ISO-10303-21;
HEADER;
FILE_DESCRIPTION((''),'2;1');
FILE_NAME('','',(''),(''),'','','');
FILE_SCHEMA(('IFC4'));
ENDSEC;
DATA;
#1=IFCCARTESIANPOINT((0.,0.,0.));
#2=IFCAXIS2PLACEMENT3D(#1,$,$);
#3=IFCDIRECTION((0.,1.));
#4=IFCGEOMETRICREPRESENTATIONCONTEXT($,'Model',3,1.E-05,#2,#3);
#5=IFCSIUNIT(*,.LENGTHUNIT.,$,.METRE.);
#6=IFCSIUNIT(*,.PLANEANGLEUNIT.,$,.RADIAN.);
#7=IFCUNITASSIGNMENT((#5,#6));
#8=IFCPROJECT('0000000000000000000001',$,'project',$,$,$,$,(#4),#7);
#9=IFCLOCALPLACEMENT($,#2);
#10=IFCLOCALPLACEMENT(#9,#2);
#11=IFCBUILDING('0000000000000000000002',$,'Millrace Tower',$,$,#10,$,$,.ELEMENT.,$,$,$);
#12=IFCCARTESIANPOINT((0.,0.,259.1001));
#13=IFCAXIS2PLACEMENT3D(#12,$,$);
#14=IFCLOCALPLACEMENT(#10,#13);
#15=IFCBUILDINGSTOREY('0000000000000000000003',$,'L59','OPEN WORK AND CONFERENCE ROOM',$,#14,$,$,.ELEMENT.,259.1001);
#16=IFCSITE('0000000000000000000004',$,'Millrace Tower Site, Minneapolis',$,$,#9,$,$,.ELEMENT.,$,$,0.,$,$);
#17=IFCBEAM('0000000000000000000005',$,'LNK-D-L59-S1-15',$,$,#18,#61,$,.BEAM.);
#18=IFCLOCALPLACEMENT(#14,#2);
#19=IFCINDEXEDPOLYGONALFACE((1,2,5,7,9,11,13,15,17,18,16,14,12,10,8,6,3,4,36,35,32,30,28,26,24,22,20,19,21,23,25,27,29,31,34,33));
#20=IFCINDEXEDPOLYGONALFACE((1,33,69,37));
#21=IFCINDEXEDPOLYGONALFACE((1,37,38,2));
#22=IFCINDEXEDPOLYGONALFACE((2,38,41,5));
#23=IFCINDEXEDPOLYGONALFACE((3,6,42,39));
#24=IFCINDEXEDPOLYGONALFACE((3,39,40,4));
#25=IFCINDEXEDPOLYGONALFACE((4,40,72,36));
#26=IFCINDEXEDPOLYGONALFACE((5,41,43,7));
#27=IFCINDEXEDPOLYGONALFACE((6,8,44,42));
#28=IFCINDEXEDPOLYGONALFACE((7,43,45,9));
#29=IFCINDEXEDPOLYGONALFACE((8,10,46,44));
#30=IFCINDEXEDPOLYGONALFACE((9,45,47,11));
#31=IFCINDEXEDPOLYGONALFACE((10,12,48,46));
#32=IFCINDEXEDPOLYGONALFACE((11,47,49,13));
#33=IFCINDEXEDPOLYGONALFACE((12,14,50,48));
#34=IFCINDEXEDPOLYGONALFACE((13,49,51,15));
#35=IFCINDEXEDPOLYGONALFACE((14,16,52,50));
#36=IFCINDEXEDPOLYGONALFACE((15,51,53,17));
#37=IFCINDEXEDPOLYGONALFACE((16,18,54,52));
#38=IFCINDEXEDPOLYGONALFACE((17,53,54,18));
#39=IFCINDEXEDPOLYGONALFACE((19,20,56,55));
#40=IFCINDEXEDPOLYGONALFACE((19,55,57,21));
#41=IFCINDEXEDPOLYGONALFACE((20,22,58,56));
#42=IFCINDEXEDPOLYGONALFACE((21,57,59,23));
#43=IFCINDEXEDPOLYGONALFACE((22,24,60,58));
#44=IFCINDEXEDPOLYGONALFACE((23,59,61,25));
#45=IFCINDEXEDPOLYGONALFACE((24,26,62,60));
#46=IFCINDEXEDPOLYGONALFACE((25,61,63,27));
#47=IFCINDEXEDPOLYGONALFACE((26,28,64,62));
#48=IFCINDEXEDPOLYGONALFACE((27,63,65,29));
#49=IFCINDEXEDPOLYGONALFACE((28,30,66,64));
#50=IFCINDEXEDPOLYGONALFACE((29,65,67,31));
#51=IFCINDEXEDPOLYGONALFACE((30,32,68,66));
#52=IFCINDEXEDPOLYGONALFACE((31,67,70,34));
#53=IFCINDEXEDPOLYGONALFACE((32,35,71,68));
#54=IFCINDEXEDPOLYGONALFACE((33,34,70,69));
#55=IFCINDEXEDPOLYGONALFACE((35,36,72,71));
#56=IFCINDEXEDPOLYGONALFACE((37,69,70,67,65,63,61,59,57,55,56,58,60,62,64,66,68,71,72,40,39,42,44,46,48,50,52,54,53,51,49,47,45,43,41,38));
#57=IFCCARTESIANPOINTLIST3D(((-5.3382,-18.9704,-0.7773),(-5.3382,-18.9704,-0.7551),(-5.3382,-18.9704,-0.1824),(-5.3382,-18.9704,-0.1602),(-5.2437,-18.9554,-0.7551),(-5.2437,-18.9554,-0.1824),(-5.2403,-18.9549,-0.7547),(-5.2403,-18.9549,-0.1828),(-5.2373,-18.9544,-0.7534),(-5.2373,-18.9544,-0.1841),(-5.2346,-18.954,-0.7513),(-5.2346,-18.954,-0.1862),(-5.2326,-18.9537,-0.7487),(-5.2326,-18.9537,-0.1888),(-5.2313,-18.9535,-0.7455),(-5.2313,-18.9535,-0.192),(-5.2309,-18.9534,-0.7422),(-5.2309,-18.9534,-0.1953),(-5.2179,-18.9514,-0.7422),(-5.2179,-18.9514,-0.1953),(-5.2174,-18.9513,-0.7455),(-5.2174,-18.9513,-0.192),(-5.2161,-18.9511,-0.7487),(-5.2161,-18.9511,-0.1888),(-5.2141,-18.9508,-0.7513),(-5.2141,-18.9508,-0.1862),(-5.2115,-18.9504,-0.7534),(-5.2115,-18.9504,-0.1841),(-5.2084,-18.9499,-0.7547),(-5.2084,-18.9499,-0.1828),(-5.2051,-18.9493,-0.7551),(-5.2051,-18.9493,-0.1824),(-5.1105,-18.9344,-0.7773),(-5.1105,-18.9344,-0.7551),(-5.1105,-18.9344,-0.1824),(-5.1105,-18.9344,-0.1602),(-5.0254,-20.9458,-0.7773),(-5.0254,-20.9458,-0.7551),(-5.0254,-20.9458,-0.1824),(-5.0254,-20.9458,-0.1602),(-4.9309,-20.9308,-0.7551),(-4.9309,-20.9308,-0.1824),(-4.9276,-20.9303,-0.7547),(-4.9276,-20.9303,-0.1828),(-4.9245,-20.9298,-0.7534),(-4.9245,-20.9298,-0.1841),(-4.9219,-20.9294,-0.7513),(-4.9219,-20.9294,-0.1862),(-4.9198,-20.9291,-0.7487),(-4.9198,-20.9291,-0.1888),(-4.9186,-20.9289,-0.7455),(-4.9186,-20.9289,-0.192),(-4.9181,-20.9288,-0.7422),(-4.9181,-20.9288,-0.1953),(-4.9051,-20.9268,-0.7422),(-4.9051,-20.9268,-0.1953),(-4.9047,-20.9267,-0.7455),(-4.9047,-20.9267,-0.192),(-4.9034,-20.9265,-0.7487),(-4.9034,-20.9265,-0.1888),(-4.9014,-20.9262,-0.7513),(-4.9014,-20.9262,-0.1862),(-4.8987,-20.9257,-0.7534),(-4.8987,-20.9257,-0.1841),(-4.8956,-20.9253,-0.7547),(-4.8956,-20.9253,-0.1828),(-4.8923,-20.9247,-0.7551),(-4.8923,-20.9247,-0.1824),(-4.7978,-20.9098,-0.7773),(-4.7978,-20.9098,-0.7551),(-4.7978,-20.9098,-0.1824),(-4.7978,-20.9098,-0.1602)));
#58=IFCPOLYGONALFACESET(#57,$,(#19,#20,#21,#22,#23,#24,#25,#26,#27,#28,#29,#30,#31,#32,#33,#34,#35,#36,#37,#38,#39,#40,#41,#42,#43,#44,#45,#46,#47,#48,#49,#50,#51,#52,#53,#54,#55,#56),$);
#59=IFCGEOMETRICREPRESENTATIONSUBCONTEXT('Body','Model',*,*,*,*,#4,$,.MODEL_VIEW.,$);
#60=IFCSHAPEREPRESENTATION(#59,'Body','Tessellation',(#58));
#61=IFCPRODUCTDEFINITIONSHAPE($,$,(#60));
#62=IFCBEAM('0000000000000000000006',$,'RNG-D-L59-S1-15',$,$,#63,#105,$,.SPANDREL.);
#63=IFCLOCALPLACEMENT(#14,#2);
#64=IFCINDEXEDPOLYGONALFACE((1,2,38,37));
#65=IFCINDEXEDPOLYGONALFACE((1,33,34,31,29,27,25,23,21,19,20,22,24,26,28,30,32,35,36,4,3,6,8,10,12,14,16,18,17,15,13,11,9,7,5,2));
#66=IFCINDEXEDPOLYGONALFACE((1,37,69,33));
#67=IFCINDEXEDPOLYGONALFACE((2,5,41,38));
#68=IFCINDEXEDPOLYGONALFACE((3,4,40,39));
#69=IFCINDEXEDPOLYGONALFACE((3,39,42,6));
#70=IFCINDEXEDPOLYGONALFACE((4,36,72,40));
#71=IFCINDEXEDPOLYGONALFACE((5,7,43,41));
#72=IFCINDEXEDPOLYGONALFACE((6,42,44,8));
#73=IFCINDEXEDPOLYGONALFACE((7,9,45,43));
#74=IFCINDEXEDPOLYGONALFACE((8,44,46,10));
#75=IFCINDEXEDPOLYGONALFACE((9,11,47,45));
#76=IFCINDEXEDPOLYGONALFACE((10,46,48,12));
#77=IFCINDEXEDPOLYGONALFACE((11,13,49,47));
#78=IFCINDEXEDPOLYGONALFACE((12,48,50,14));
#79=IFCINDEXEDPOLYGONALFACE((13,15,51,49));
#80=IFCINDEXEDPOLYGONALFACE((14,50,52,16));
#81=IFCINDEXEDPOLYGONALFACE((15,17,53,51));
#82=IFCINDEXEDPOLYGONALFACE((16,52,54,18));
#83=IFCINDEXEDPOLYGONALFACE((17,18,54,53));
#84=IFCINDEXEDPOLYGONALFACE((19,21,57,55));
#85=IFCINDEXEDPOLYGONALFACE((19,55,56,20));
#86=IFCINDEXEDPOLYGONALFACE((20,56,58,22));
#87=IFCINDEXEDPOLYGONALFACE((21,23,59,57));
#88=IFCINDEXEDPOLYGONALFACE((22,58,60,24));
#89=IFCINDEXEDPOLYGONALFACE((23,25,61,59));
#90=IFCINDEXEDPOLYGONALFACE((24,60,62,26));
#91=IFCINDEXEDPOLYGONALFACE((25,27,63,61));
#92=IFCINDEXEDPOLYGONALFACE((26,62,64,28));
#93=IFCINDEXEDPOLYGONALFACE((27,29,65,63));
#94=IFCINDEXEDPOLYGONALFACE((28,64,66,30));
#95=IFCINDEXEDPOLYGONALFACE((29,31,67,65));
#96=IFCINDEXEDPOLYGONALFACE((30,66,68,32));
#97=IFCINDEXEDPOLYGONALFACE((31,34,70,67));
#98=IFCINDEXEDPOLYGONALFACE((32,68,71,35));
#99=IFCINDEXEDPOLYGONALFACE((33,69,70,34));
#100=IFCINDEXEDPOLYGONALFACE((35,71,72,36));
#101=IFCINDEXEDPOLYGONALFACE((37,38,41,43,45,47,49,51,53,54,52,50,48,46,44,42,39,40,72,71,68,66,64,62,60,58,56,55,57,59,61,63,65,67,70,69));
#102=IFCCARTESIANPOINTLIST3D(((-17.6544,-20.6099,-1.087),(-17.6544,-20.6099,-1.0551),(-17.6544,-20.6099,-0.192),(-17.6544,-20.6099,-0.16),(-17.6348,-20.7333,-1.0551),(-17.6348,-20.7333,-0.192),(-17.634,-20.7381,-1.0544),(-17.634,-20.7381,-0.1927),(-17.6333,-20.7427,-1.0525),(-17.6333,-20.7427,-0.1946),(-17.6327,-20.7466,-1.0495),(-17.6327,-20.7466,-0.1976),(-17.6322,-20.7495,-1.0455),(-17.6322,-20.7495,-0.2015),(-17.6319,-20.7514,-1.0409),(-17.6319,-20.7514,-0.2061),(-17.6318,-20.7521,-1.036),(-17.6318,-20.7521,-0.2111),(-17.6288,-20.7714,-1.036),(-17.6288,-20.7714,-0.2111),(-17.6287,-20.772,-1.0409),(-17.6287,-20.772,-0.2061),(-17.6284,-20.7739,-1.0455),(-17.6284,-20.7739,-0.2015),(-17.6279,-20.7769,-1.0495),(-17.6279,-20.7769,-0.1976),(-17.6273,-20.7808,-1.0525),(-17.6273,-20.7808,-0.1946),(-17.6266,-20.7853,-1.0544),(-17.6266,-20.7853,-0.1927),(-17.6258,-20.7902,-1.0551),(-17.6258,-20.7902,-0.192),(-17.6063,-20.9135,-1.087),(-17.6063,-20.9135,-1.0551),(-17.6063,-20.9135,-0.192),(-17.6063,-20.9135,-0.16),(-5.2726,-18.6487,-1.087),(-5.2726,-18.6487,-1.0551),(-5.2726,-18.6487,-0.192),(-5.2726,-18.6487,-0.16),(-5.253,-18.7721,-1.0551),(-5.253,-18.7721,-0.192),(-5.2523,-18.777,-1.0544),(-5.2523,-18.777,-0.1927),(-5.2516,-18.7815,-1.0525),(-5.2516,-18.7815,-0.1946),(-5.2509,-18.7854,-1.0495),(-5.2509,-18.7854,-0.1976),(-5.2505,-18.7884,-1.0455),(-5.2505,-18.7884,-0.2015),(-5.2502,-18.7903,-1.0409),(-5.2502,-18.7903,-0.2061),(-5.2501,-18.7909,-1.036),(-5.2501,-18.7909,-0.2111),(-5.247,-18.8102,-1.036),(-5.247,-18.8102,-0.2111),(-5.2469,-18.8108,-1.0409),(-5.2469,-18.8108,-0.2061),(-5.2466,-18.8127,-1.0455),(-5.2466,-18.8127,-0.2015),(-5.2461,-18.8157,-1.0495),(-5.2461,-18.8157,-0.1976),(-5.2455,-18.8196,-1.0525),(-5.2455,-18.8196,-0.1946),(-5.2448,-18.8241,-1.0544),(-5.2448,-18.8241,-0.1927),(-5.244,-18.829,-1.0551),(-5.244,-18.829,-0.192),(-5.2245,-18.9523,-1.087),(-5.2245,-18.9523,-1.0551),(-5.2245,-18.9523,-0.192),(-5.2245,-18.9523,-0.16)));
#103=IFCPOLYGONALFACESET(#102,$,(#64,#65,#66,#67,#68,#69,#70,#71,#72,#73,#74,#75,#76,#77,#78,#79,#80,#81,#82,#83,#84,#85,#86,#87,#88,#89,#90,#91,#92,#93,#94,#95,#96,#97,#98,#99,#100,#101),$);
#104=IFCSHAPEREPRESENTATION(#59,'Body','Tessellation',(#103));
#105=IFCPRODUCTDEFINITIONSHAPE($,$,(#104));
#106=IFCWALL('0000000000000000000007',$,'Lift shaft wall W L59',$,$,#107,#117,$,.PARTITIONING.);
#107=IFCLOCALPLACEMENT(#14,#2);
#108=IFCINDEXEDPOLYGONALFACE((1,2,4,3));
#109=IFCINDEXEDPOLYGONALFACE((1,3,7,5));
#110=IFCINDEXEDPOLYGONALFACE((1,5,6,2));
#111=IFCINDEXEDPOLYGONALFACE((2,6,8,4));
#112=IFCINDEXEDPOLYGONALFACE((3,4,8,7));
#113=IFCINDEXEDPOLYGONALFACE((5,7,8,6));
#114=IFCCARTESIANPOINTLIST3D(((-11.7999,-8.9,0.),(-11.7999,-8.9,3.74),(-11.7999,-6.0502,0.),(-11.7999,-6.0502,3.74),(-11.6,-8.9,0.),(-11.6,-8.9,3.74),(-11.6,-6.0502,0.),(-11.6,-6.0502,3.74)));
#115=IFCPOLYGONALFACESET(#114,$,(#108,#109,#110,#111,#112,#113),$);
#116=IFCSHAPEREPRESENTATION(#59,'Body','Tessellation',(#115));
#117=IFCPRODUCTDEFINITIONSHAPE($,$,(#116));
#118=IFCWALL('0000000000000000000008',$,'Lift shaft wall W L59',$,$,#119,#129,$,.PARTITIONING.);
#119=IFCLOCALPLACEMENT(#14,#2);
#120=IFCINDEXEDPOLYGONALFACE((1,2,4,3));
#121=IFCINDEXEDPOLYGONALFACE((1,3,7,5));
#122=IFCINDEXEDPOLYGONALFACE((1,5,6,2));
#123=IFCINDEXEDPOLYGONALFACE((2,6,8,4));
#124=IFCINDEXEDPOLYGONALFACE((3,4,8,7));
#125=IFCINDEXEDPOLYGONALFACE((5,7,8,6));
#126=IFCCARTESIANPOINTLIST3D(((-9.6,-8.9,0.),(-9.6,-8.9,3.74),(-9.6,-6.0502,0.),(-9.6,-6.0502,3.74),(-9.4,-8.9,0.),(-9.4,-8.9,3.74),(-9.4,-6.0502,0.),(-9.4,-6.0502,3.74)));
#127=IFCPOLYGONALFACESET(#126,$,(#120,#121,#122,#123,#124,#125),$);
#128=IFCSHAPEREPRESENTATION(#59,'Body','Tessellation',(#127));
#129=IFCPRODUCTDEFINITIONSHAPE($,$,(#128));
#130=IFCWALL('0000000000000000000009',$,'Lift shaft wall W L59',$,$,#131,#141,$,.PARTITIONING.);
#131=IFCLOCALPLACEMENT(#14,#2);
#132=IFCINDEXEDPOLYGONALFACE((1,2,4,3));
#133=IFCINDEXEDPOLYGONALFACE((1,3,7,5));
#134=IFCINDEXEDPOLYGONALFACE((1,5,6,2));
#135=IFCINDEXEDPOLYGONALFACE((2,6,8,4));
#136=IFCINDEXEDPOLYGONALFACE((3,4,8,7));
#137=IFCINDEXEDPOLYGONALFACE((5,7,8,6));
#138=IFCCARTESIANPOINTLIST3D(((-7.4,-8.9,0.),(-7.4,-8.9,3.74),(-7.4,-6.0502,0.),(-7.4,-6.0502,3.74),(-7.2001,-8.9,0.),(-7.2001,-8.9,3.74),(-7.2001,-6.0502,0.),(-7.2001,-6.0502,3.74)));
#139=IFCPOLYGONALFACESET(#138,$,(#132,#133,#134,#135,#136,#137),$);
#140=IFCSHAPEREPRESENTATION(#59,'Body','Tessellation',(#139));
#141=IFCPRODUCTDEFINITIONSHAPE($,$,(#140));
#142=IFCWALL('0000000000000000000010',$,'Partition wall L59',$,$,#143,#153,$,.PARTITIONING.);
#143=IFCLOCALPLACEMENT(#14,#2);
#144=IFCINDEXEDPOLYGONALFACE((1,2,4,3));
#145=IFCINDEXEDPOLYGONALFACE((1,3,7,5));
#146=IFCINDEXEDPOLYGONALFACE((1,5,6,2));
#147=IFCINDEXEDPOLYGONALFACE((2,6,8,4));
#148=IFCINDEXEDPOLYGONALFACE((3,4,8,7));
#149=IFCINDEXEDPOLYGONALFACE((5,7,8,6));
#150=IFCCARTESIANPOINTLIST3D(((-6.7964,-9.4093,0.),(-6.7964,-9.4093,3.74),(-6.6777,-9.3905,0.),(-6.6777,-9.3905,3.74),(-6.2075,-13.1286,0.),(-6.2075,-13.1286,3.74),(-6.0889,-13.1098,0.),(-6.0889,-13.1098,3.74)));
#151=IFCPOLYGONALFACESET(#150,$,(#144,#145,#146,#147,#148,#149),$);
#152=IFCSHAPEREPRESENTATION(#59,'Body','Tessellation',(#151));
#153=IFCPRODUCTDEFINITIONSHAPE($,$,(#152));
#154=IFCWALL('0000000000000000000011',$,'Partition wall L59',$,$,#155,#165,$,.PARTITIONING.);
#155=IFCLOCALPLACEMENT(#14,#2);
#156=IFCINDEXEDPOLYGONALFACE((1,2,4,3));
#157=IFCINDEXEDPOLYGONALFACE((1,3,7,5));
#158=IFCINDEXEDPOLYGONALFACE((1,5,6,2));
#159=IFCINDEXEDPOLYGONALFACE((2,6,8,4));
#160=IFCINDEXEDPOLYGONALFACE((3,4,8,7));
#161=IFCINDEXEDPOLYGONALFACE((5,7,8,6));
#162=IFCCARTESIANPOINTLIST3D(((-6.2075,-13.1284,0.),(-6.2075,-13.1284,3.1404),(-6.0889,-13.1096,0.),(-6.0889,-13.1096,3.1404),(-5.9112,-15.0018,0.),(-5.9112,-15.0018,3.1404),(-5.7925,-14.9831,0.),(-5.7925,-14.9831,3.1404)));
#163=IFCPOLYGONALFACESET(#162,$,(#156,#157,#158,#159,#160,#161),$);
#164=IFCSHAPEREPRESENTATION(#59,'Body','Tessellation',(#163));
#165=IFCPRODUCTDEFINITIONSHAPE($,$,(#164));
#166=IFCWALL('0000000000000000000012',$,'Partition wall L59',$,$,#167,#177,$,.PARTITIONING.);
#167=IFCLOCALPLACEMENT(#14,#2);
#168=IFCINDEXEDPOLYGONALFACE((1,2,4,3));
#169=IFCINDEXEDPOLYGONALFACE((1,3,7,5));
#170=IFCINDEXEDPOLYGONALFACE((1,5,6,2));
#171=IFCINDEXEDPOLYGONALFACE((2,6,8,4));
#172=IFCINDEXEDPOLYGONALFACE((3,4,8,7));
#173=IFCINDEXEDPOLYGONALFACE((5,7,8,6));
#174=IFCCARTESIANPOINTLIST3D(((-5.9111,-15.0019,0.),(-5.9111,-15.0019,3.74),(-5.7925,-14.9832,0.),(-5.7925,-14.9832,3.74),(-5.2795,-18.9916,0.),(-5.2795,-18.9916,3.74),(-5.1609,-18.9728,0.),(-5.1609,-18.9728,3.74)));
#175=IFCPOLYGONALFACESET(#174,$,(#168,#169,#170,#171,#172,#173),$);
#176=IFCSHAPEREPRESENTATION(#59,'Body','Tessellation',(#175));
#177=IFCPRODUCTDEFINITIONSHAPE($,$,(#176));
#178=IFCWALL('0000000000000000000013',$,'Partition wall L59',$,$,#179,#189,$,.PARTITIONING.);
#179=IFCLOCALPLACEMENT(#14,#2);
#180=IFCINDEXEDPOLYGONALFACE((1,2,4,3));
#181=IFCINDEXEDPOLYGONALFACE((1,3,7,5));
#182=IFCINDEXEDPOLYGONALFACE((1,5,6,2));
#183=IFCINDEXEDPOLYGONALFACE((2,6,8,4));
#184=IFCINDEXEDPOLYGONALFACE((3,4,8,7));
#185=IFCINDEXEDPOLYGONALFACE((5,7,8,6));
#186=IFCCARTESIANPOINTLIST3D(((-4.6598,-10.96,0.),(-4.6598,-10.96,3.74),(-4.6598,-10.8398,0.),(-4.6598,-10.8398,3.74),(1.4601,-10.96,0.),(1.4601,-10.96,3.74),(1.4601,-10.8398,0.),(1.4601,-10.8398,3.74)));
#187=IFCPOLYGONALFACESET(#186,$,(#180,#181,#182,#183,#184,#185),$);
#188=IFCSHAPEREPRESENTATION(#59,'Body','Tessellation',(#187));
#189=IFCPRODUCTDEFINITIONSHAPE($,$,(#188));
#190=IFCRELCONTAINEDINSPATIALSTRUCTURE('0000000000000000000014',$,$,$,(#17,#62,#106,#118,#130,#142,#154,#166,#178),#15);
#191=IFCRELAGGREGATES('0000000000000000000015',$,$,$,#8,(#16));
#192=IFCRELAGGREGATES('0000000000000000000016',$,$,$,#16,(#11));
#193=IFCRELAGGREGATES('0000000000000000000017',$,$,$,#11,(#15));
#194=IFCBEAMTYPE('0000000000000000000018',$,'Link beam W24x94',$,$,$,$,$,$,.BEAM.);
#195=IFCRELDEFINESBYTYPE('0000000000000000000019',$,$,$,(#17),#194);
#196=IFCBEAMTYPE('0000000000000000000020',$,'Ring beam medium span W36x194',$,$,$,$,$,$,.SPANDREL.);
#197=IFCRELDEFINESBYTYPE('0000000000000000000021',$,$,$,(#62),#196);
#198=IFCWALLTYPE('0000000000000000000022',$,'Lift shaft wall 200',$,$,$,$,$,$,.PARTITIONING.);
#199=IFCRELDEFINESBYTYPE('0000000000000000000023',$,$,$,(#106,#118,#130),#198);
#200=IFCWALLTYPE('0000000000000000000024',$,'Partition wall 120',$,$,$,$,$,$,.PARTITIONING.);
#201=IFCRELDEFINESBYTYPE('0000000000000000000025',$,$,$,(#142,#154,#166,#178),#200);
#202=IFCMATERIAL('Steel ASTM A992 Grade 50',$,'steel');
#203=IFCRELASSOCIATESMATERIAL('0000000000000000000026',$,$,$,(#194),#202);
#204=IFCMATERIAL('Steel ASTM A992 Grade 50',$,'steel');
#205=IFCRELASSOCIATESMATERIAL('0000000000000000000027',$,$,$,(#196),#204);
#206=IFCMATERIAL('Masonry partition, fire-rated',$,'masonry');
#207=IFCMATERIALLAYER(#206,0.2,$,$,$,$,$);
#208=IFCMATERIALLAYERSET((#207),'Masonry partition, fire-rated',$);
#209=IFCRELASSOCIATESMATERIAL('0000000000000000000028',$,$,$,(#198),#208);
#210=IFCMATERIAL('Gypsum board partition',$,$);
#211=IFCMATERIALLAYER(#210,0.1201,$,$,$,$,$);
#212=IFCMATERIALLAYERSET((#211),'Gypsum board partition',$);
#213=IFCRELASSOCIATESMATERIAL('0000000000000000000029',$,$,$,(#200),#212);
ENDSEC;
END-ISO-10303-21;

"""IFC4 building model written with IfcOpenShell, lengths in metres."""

from ifc_helpers import new_model, si_unit, direction, frame, frame_2d, origin, origin_2d, place, context, subcontext, project, spatial, rectangle, i_section, extrude, material, layer, layer_set, material_profile, profile_set, type_object, element, save


model = new_model("IFC4")

# Units and contexts
model_context = context("Model", 3, precision=1e-05, world=origin(), true_north=direction((0.0, 1.0)))
body_context = subcontext(model_context, "Body", "Model", "MODEL_VIEW")
ifc_project = project(units=[si_unit("LENGTHUNIT", "METRE"), si_unit("PLANEANGLEUNIT", "RADIAN")], contexts=[model_context])

# Site, building, storey
site_placement = place(None, origin())
site = spatial("IfcSite", under=ifc_project, at=site_placement, Name="Millrace Tower Site, Minneapolis", CompositionType="ELEMENT", RefElevation=0.0)
building_placement = place(site_placement, origin())
building = spatial("IfcBuilding", under=site, at=building_placement, Name="Millrace Tower", CompositionType="ELEMENT")
storey_placement = place(building_placement, frame((0.0, 0.0, 259.1001)))
storey = spatial("IfcBuildingStorey", under=building, at=storey_placement, Name="L59", Description="OPEN WORK AND CONFERENCE ROOM", CompositionType="ELEMENT", Elevation=259.1001)

# Beams
ifc_material_1 = material(Name="Steel ASTM A992 Grade 50", Category="steel")
ifc_material_profile_1 = material_profile(ifc_material_1, i_section(OverallWidth=0.2305, OverallDepth=0.6172, WebThickness=0.0132, FlangeThickness=0.0222, FilletRadius=0.0129, at=origin_2d()))
ifc_profile_set_1 = profile_set([ifc_material_profile_1], Name="Steel ASTM A992 Grade 50")
beam_type_1 = type_object("IfcBeamType", Name="Link beam W24x94", PredefinedType="BEAM", material=ifc_profile_set_1)
beam_1_placement = place(storey_placement, frame((-5.2244, -18.9524, -0.4688), z_axis=(0.156376, -0.987698, 0.0), x_axis=(0.987698, 0.156376, 0.0)))
element("IfcBeam", 1, at=beam_1_placement, inside=storey, type_object=beam_type_1, Name="LNK-D-L59-S1-15", PredefinedType="BEAM", context=body_context, shape_type="SweptSolid", body=[
    extrude(i_section(OverallWidth=0.2305, OverallDepth=0.6172, WebThickness=0.0132, FlangeThickness=0.0222, FilletRadius=0.0129, at=origin_2d()), origin(), (0.0, 0.0, 1.0), 2.0),
])
ifc_material_2 = material(Name="Steel ASTM A992 Grade 50", Category="steel")
ifc_material_profile_2 = material_profile(ifc_material_2, i_section(OverallWidth=0.3074, OverallDepth=0.927, WebThickness=0.0195, FlangeThickness=0.032, FilletRadius=0.019, at=origin_2d()))
ifc_profile_set_2 = profile_set([ifc_material_profile_2], Name="Steel ASTM A992 Grade 50")
beam_type_2 = type_object("IfcBeamType", Name="Ring beam medium span W36x194", PredefinedType="SPANDREL", material=ifc_profile_set_2)
beam_2_placement = place(storey_placement, frame((-5.2485, -18.8005, -0.6235), z_axis=(-0.987687, -0.156442, 0.0), x_axis=(0.156442, -0.987687, 0.0)))
element("IfcBeam", 2, at=beam_2_placement, inside=storey, type_object=beam_type_2, Name="RNG-D-L59-S1-15", PredefinedType="SPANDREL", context=body_context, shape_type="SweptSolid", body=[
    extrude(i_section(OverallWidth=0.3074, OverallDepth=0.927, WebThickness=0.0195, FlangeThickness=0.032, FilletRadius=0.019, at=origin_2d()), origin(), (0.0, 0.0, 1.0), 12.5361),
])

# Walls
ifc_material_3 = material(Name="Masonry partition, fire-rated", Category="masonry")
ifc_layer_1 = layer(ifc_material_3, 0.2)
ifc_layer_set_1 = layer_set([ifc_layer_1], Name="Masonry partition, fire-rated")
wall_type_1 = type_object("IfcWallType", Name="Lift shaft wall 200", PredefinedType="PARTITIONING", material=ifc_layer_set_1)
for number, where, z_axis, x_axis, name in (
    (3, (-11.7, -8.8999, 0.0), (0.0, 0.0, 1.0), (0.0, 1.0, 0.0), "Lift shaft wall W L59"),
    (4, (-9.5, -8.8999, 0.0), (0.0, 0.0, 1.0), (0.0, 1.0, 0.0), "Lift shaft wall W L59"),
    (5, (-7.3, -8.8999, 0.0), (0.0, 0.0, 1.0), (0.0, 1.0, 0.0), "Lift shaft wall W L59"),
):
    element("IfcWall", number, at=place(storey_placement, frame(where, z_axis=z_axis, x_axis=x_axis)), inside=storey, type_object=wall_type_1, Name=name, PredefinedType="PARTITIONING", context=body_context, shape_type="SweptSolid", body=[
        extrude(rectangle(XDim=2.8499, YDim=0.2, at=frame_2d((1.4248, 0.0))), origin(), (0.0, 0.0, 1.0), 3.74),
    ])
ifc_material_4 = material(Name="Gypsum board partition")
ifc_layer_2 = layer(ifc_material_4, 0.1201)
ifc_layer_set_2 = layer_set([ifc_layer_2], Name="Gypsum board partition")
wall_type_2 = type_object("IfcWallType", Name="Partition wall 120", PredefinedType="PARTITIONING", material=ifc_layer_set_2)
wall_1_placement = place(storey_placement, frame((-6.7371, -9.3999, 0.0), z_axis=(0.0, 0.0, 1.0), x_axis=(0.156382, -0.987697, 0.0)))
element("IfcWall", 6, at=wall_1_placement, inside=storey, type_object=wall_type_2, Name="Partition wall L59", PredefinedType="PARTITIONING", context=body_context, shape_type="SweptSolid", body=[
    extrude(rectangle(XDim=3.7656, YDim=0.1201, at=frame_2d((1.8828, 0.0))), origin(), (0.0, 0.0, 1.0), 3.74),
])
wall_2_placement = place(storey_placement, frame((-6.1482, -13.1191, 0.0), z_axis=(0.0, 0.0, 1.0), x_axis=(0.156253, -0.987717, 0.0)))
element("IfcWall", 7, at=wall_2_placement, inside=storey, type_object=wall_type_2, Name="Partition wall L59", PredefinedType="PARTITIONING", context=body_context, shape_type="SweptSolid", body=[
    extrude(rectangle(XDim=1.8967, YDim=0.1201, at=frame_2d((0.9482, 0.0))), origin(), (0.0, 0.0, 1.0), 3.1404),
])
wall_3_placement = place(storey_placement, frame((-5.8518, -14.9927, 0.0), z_axis=(0.0, 0.0, 1.0), x_axis=(0.156366, -0.987699, 0.0)))
element("IfcWall", 8, at=wall_3_placement, inside=storey, type_object=wall_type_2, Name="Partition wall L59", PredefinedType="PARTITIONING", context=body_context, shape_type="SweptSolid", body=[
    extrude(rectangle(XDim=4.0393, YDim=0.1201, at=frame_2d((2.0195, 0.0))), origin(), (0.0, 0.0, 1.0), 3.74),
])
wall_4_placement = place(storey_placement, frame((-4.6599, -10.8999, 0.0), z_axis=(0.0, 0.0, 1.0), x_axis=(1.0, 0.0, 0.0)))
element("IfcWall", 9, at=wall_4_placement, inside=storey, type_object=wall_type_2, Name="Partition wall L59", PredefinedType="PARTITIONING", context=body_context, shape_type="SweptSolid", body=[
    extrude(rectangle(XDim=6.1199, YDim=0.1201, at=frame_2d((3.0601, 0.0))), origin(), (0.0, 0.0, 1.0), 3.74),
])

save(model, "model.ifc")
